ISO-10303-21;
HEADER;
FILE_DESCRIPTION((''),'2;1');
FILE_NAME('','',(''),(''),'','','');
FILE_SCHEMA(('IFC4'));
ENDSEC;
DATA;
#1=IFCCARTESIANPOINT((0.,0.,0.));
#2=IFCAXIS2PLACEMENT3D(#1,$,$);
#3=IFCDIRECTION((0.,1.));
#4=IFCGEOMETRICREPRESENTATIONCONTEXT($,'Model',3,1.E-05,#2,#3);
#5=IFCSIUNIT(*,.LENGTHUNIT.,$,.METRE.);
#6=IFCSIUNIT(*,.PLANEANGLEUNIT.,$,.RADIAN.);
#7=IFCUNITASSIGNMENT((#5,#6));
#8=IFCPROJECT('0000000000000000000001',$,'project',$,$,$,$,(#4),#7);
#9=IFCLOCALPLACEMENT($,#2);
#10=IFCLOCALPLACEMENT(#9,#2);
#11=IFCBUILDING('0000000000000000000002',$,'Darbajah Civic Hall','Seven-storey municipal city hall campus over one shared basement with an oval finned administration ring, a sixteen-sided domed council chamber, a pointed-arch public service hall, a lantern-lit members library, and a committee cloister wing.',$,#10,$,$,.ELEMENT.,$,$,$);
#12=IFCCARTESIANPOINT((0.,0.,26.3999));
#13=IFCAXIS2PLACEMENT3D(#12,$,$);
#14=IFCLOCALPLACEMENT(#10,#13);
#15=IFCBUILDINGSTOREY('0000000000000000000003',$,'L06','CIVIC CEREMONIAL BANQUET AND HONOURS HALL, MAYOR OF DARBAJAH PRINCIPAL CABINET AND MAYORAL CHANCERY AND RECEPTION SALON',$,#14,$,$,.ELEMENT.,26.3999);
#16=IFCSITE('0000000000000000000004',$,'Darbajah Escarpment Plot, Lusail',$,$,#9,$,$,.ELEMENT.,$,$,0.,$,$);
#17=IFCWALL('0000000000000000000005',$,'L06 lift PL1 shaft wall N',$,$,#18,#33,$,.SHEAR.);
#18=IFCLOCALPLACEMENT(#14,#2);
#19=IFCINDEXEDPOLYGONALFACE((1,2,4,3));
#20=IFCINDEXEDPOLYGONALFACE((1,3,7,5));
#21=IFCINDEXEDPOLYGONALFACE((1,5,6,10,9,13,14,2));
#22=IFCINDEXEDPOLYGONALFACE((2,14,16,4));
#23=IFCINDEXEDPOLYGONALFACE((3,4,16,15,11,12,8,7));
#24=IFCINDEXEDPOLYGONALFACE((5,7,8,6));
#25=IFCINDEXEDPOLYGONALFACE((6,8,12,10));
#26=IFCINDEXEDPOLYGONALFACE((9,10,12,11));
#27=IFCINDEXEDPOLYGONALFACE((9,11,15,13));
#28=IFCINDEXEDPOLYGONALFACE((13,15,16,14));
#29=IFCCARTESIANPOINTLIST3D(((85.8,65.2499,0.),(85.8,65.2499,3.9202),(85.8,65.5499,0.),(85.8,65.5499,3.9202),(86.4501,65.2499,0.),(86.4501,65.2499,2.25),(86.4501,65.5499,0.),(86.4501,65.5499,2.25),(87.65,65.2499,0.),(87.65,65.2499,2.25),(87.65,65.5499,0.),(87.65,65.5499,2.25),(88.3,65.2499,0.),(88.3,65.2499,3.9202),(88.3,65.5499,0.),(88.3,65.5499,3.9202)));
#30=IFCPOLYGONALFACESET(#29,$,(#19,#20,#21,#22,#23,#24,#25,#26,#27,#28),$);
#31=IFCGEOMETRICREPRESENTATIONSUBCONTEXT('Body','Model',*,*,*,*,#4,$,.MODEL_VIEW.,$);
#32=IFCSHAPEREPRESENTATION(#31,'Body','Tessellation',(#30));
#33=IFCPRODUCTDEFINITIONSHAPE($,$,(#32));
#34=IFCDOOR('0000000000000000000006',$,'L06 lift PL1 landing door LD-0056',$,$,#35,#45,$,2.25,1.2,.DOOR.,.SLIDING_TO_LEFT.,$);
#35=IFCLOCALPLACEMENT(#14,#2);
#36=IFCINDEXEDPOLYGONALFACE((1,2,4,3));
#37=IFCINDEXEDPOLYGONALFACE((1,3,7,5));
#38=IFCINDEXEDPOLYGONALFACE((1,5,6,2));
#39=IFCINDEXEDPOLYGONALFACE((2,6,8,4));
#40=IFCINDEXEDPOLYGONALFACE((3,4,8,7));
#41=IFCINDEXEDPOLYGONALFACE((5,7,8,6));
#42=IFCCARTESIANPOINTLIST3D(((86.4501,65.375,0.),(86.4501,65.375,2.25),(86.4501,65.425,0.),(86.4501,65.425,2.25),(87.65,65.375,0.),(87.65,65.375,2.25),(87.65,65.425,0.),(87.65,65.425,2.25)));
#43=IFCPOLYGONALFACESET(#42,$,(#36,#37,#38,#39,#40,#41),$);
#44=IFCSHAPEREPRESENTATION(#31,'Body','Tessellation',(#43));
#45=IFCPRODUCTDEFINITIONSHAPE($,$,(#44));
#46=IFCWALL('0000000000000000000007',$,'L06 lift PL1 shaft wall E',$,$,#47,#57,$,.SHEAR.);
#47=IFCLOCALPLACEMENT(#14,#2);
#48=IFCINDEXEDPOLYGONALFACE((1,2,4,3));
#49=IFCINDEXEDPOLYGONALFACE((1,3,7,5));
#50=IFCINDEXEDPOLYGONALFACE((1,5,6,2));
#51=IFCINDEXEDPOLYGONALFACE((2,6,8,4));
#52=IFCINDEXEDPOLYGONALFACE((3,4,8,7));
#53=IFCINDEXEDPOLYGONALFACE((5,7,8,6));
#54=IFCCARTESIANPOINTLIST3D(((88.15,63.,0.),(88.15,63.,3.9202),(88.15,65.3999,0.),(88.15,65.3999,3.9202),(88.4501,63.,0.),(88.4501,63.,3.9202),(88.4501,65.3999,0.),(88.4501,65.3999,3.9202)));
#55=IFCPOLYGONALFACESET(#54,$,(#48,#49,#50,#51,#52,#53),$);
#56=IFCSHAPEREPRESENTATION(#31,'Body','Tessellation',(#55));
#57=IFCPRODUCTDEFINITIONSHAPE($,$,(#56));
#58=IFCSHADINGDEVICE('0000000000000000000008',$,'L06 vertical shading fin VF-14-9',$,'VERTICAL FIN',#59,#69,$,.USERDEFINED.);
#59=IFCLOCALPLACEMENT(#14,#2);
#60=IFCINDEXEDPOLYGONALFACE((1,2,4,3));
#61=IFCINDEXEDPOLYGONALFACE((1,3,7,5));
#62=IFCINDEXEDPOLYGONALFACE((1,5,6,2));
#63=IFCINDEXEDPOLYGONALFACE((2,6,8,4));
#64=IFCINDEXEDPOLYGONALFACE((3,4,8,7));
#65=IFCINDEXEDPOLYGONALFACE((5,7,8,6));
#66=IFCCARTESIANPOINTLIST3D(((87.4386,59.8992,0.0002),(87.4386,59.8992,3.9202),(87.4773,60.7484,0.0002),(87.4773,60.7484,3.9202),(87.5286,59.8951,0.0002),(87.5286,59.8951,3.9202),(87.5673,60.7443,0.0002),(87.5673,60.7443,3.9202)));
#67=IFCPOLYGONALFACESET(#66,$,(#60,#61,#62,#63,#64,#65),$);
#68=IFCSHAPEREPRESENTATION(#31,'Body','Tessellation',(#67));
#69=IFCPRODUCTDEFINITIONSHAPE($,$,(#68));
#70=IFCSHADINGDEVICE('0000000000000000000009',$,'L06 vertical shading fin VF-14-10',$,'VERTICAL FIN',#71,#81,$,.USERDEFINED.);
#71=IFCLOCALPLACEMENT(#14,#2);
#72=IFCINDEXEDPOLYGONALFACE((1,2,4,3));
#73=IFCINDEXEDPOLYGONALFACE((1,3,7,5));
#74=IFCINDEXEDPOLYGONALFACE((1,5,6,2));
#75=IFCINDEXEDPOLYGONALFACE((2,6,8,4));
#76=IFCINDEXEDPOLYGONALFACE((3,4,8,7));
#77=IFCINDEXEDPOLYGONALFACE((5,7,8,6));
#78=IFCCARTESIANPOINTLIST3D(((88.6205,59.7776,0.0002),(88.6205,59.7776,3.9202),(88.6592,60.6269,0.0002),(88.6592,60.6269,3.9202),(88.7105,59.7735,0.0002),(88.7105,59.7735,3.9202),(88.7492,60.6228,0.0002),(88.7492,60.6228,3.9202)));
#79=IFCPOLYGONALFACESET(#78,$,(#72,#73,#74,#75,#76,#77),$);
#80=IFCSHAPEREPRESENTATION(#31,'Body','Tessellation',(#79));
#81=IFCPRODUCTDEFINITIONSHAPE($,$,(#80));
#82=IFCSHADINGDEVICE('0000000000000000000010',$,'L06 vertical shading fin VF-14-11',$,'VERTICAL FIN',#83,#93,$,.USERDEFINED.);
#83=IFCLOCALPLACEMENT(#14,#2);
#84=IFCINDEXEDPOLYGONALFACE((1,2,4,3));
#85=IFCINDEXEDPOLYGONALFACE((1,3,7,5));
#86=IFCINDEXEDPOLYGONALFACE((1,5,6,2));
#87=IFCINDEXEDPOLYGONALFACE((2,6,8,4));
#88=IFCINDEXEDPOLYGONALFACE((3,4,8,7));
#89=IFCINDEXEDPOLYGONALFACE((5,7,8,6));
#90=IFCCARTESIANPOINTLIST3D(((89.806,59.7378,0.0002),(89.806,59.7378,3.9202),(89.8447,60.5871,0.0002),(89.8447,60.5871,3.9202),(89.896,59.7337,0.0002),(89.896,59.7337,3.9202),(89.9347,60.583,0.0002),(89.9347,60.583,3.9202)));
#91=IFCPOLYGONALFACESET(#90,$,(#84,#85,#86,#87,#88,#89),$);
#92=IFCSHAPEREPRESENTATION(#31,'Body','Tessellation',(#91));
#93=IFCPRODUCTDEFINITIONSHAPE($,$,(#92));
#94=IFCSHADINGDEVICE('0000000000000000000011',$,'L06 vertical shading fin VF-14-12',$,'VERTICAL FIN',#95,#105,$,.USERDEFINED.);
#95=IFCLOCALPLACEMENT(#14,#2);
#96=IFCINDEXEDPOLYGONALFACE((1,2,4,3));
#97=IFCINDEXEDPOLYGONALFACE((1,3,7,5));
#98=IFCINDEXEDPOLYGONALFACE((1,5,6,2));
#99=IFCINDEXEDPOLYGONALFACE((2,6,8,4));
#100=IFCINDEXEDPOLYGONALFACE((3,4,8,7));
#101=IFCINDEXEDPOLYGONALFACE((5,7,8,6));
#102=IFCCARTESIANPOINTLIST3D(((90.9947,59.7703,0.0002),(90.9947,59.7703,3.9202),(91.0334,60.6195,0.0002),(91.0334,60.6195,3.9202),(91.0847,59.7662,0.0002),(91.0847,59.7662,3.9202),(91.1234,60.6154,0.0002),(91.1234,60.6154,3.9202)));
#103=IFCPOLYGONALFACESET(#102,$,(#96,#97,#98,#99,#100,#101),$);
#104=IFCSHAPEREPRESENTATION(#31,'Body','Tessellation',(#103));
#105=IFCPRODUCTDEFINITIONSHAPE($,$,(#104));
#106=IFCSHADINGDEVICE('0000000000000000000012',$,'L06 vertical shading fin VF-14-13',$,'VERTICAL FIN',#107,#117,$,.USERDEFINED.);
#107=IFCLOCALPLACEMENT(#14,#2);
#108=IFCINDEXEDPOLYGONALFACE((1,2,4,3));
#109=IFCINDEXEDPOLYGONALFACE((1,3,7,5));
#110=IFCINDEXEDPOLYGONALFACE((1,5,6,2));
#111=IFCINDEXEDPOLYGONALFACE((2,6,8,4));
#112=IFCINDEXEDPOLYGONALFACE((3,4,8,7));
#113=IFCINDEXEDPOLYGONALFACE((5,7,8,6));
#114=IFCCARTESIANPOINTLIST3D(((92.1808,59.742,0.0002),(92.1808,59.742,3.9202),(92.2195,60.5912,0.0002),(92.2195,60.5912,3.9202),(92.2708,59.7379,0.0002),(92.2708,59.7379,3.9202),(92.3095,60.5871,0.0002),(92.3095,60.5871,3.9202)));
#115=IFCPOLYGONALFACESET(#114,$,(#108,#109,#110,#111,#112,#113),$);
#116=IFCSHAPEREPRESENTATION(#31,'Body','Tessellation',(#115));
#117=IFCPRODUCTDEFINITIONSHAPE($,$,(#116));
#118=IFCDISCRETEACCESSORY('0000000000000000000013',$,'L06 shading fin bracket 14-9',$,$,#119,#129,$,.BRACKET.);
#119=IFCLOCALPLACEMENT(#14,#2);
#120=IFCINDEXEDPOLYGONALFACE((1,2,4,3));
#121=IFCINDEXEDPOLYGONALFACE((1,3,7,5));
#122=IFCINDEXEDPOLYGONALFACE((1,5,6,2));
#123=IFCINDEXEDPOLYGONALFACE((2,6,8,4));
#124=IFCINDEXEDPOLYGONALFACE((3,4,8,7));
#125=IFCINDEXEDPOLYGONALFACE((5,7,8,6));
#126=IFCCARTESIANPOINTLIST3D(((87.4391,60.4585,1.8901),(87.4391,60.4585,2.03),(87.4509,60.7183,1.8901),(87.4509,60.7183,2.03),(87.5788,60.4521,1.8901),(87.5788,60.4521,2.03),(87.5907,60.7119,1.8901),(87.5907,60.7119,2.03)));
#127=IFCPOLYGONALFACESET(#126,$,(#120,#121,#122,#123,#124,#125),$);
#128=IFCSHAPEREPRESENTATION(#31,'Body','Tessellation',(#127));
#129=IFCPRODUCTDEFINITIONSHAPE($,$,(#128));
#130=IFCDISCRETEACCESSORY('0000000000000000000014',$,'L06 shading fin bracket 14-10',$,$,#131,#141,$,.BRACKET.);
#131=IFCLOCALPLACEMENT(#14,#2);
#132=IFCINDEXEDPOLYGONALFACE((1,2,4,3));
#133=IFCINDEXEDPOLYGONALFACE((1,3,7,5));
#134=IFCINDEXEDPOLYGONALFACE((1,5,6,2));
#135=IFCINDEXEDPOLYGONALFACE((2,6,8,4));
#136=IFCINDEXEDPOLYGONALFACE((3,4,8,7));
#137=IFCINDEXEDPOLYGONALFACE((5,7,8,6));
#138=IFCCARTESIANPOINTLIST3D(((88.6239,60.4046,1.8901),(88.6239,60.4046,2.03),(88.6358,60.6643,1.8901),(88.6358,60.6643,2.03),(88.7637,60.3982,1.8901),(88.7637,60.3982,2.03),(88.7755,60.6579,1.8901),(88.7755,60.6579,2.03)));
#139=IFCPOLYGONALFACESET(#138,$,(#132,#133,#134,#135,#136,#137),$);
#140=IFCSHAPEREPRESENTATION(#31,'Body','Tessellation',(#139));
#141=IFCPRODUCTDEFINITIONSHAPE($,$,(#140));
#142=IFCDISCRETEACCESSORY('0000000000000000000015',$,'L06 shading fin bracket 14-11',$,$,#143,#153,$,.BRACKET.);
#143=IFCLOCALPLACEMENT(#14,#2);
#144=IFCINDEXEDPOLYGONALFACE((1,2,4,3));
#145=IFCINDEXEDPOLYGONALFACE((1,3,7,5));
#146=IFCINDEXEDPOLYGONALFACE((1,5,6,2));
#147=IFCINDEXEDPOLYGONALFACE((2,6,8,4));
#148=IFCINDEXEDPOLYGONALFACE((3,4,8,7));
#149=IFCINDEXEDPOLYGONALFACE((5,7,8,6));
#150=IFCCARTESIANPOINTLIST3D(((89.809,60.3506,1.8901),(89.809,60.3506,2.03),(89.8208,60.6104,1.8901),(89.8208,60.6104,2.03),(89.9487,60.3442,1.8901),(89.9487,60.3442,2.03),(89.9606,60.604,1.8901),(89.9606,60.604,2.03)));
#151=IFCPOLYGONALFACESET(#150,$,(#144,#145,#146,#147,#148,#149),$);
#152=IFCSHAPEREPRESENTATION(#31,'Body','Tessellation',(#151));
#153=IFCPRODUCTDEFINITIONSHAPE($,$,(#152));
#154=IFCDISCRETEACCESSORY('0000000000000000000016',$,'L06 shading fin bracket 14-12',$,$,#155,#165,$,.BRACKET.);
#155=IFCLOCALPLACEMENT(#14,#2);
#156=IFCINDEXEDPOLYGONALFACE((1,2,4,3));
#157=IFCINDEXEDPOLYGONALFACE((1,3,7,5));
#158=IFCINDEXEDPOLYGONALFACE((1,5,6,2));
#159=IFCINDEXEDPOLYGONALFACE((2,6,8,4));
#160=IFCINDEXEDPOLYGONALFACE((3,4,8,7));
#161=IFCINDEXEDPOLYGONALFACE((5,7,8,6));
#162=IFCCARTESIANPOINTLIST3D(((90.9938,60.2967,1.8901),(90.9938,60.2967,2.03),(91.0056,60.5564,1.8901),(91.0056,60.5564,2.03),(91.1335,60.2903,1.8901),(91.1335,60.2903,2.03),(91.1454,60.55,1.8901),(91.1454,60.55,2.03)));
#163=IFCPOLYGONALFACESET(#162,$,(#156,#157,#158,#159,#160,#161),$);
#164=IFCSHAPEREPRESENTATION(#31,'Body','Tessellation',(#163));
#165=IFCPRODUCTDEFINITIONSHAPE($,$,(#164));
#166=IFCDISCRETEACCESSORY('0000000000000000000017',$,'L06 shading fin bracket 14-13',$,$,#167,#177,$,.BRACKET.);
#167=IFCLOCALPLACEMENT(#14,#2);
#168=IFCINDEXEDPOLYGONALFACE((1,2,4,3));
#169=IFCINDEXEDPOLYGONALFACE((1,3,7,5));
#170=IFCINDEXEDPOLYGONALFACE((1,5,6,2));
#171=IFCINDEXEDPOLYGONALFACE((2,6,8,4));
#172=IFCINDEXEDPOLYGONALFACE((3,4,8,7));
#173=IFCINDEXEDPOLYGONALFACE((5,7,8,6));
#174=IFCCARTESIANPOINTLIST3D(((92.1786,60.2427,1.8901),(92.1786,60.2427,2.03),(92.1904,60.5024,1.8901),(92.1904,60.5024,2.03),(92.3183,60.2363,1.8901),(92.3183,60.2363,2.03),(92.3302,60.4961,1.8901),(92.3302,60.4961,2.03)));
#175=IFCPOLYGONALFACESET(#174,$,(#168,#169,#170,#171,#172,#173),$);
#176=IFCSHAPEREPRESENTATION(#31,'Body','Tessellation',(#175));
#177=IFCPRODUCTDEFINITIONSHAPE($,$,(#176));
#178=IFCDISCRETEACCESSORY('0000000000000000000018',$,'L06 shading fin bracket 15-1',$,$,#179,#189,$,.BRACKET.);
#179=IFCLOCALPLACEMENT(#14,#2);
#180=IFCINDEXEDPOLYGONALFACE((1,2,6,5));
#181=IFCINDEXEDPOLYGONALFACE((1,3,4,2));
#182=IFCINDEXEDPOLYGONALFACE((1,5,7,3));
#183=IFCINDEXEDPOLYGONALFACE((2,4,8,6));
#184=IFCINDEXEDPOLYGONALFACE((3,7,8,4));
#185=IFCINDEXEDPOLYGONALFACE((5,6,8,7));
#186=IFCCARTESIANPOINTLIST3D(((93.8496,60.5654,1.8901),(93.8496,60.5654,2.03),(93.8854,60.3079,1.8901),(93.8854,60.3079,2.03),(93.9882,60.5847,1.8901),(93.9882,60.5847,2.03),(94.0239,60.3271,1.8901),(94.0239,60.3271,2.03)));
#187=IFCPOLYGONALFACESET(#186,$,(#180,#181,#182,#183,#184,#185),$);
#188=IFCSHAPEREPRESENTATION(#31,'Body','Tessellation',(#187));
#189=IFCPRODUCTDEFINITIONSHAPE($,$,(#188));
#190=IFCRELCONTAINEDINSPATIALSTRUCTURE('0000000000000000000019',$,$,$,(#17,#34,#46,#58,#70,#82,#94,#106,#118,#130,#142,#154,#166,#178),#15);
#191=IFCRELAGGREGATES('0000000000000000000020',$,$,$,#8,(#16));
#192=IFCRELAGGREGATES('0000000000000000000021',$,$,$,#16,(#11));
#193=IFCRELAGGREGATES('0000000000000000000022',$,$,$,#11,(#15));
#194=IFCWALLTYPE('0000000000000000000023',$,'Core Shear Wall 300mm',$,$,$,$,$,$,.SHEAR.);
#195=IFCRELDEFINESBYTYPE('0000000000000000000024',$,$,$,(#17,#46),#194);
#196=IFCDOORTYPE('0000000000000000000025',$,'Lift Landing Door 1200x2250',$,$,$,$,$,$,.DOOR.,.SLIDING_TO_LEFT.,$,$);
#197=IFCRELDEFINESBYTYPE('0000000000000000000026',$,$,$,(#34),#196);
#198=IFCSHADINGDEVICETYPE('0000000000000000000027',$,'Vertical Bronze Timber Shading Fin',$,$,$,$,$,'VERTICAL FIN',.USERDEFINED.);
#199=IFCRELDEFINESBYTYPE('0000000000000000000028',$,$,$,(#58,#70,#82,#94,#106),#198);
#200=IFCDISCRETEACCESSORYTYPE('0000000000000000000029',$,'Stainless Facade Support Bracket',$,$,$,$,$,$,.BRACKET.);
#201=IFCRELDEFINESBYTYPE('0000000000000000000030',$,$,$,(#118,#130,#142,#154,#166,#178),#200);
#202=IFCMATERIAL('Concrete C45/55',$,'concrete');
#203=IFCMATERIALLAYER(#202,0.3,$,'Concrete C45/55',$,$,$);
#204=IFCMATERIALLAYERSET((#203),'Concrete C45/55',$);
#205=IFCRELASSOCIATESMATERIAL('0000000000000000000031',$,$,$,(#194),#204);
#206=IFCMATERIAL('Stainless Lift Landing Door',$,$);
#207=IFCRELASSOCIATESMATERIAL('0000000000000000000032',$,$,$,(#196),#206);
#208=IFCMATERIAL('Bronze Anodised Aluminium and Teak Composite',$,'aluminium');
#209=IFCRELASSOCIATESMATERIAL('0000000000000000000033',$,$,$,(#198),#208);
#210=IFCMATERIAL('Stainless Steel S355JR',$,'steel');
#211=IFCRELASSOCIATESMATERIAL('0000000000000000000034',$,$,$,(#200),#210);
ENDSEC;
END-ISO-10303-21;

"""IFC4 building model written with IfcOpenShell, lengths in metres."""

from ifc_helpers import new_model, si_unit, direction, frame, frame_2d, origin, origin_2d, place, context, subcontext, project, spatial, rectangle, extrude, material, layer, layer_set, type_object, element, fill, save


model = new_model("IFC4")

# Units and contexts
model_context = context("Model", 3, precision=1e-05, world=origin(), true_north=direction((0.0, 1.0)))
body_context = subcontext(model_context, "Body", "Model", "MODEL_VIEW")
ifc_project = project(units=[si_unit("LENGTHUNIT", "METRE"), si_unit("PLANEANGLEUNIT", "RADIAN")], contexts=[model_context])

# Site, building, storey
site_placement = place(None, origin())
site = spatial("IfcSite", under=ifc_project, at=site_placement, Name="Darbajah Escarpment Plot, Lusail", CompositionType="ELEMENT", RefElevation=0.0)
building_placement = place(site_placement, origin())
building = spatial("IfcBuilding", under=site, at=building_placement, Name="Darbajah Civic Hall", Description="Seven-storey municipal city hall campus over one shared basement with an oval finned administration ring, a sixteen-sided domed council chamber, a pointed-arch public service hall, a lantern-lit members library, and a committee cloister wing.", CompositionType="ELEMENT")
storey_placement = place(building_placement, frame((0.0, 0.0, 26.3999)))
storey = spatial("IfcBuildingStorey", under=building, at=storey_placement, Name="L06", Description="CIVIC CEREMONIAL BANQUET AND HONOURS HALL, MAYOR OF DARBAJAH PRINCIPAL CABINET AND MAYORAL CHANCERY AND RECEPTION SALON", CompositionType="ELEMENT", Elevation=26.3999)

# Shared definitions
ifc_material_1 = material(Name="Concrete C45/55", Category="concrete")

# Wall, opening, door
ifc_layer_1 = layer(ifc_material_1, 0.3, Name="Concrete C45/55")
ifc_layer_set_1 = layer_set([ifc_layer_1], Name="Concrete C45/55")
wall_type = type_object("IfcWallType", Name="Core Shear Wall 300mm", PredefinedType="SHEAR", material=ifc_layer_set_1)
wall_1_placement = place(storey_placement, frame((88.3, 65.3999, 0.0), z_axis=(0.0, 0.0, 1.0), x_axis=(-1.0, 0.0, 0.0)))
wall_1 = element("IfcWall", 1, at=wall_1_placement, inside=storey, type_object=wall_type, Name="L06 lift PL1 shaft wall N", PredefinedType="SHEAR", context=body_context, shape_type="SweptSolid", body=[
    extrude(rectangle(XDim=2.5, YDim=0.3, at=frame_2d((1.25, 0.0))), origin(), (0.0, 0.0, 1.0), 3.9202),
])
opening_placement = place(wall_1_placement, frame((0.6499, 0.0, 0.0)))
opening = element("IfcOpeningElement", 2, at=opening_placement, cuts=wall_1, PredefinedType="OPENING", context=body_context, shape_type="SweptSolid", body=[
    extrude(rectangle(XDim=1.2, YDim=2.25, at=frame_2d((0.6001, 1.125))), frame((0.0, 0.1599, 0.0), z_axis=(0.0, -1.0, 0.0), x_axis=(1.0, 0.0, 0.0)), (0.0, 0.0, 1.0), 0.3201),
])
ifc_material_2 = material(Name="Stainless Lift Landing Door")
door_type = type_object("IfcDoorType", Name="Lift Landing Door 1200x2250", OperationType="SLIDING_TO_LEFT", PredefinedType="DOOR", material=ifc_material_2)
door_placement = place(opening_placement, origin())
door = element("IfcDoor", 3, at=door_placement, inside=storey, type_object=door_type, Name="L06 lift PL1 landing door LD-0056", OperationType="SLIDING_TO_LEFT", OverallHeight=2.25, OverallWidth=1.2, PredefinedType="DOOR", context=body_context, shape_type="SweptSolid", body=[
    extrude(rectangle(XDim=1.2, YDim=2.25, at=frame_2d((0.6001, 1.125))), frame((0.0, 0.0249, 0.0), z_axis=(0.0, -1.0, 0.0), x_axis=(1.0, 0.0, 0.0)), (0.0, 0.0, 1.0), 0.05),
])
fill(opening, door)

# Wall
wall_2_placement = place(storey_placement, frame((88.3, 63.0, 0.0), z_axis=(0.0, 0.0, 1.0), x_axis=(0.0, 1.0, 0.0)))
element("IfcWall", 4, at=wall_2_placement, inside=storey, type_object=wall_type, Name="L06 lift PL1 shaft wall E", PredefinedType="SHEAR", context=body_context, shape_type="SweptSolid", body=[
    extrude(rectangle(XDim=2.3999, YDim=0.3, at=frame_2d((1.2, 0.0))), origin(), (0.0, 0.0, 1.0), 3.9202),
])

# Shading devices
ifc_material_3 = material(Name="Bronze Anodised Aluminium and Teak Composite", Category="aluminium")
shading_device_type = type_object("IfcShadingDeviceType", Name="Vertical Bronze Timber Shading Fin", ElementType="VERTICAL FIN", PredefinedType="USERDEFINED", material=ifc_material_3)
for number, where, z_axis, x_axis, name in (
    (5, (87.5029, 60.3218, 0.0002), (0.0, 0.0, 1.0), (-0.045537, -0.998963, 0.0), "L06 vertical shading fin VF-14-9"),
    (6, (88.6848, 60.2002, 0.0002), (0.0, 0.0, 1.0), (-0.045537, -0.998963, 0.0), "L06 vertical shading fin VF-14-10"),
    (7, (89.8704, 60.1604, 0.0002), (0.0, 0.0, 1.0), (-0.045537, -0.998963, 0.0), "L06 vertical shading fin VF-14-11"),
    (8, (91.0591, 60.1929, 0.0002), (0.0, 0.0, 1.0), (-0.045537, -0.998963, 0.0), "L06 vertical shading fin VF-14-12"),
    (9, (92.2451, 60.1646, 0.0002), (0.0, 0.0, 1.0), (-0.045537, -0.998963, 0.0), "L06 vertical shading fin VF-14-13"),
):
    element("IfcShadingDevice", number, at=place(storey_placement, frame(where, z_axis=z_axis, x_axis=x_axis)), inside=storey, type_object=shading_device_type, Name=name, ObjectType="VERTICAL FIN", PredefinedType="USERDEFINED", context=body_context, shape_type="SweptSolid", body=[
        extrude(rectangle(XDim=0.8501, YDim=0.0901, at=origin_2d()), origin(), (0.0, 0.0, 1.0), 3.9199),
    ])

# Discrete accessories
ifc_material_4 = material(Name="Stainless Steel S355JR", Category="steel")
discrete_accessory_type = type_object("IfcDiscreteAccessoryType", Name="Stainless Facade Support Bracket", PredefinedType="BRACKET", material=ifc_material_4)
for number, where, z_axis, x_axis, name in (
    (10, (87.5149, 60.5852, 1.8901), (0.0, 0.0, 1.0), (-0.045537, -0.998963, 0.0), "L06 shading fin bracket 14-9"),
    (11, (88.6997, 60.5312, 1.8901), (0.0, 0.0, 1.0), (-0.045537, -0.998963, 0.0), "L06 shading fin bracket 14-10"),
    (12, (89.8848, 60.4773, 1.8901), (0.0, 0.0, 1.0), (-0.045537, -0.998963, 0.0), "L06 shading fin bracket 14-11"),
    (13, (91.0696, 60.4233, 1.8901), (0.0, 0.0, 1.0), (-0.045537, -0.998963, 0.0), "L06 shading fin bracket 14-12"),
    (14, (92.2544, 60.3694, 1.8901), (0.0, 0.0, 1.0), (-0.045537, -0.998963, 0.0), "L06 shading fin bracket 14-13"),
    (15, (93.9368, 60.4463, 1.8901), (0.0, 0.0, 1.0), (0.137617, -0.990485, 0.0), "L06 shading fin bracket 15-1"),
):
    element("IfcDiscreteAccessory", number, at=place(storey_placement, frame(where, z_axis=z_axis, x_axis=x_axis)), inside=storey, type_object=discrete_accessory_type, Name=name, PredefinedType="BRACKET", context=body_context, shape_type="SweptSolid", body=[
        extrude(rectangle(XDim=0.26, YDim=0.1399, at=origin_2d()), origin(), (0.0, 0.0, 1.0), 0.1399),
    ])

save(model, "model.ifc")
